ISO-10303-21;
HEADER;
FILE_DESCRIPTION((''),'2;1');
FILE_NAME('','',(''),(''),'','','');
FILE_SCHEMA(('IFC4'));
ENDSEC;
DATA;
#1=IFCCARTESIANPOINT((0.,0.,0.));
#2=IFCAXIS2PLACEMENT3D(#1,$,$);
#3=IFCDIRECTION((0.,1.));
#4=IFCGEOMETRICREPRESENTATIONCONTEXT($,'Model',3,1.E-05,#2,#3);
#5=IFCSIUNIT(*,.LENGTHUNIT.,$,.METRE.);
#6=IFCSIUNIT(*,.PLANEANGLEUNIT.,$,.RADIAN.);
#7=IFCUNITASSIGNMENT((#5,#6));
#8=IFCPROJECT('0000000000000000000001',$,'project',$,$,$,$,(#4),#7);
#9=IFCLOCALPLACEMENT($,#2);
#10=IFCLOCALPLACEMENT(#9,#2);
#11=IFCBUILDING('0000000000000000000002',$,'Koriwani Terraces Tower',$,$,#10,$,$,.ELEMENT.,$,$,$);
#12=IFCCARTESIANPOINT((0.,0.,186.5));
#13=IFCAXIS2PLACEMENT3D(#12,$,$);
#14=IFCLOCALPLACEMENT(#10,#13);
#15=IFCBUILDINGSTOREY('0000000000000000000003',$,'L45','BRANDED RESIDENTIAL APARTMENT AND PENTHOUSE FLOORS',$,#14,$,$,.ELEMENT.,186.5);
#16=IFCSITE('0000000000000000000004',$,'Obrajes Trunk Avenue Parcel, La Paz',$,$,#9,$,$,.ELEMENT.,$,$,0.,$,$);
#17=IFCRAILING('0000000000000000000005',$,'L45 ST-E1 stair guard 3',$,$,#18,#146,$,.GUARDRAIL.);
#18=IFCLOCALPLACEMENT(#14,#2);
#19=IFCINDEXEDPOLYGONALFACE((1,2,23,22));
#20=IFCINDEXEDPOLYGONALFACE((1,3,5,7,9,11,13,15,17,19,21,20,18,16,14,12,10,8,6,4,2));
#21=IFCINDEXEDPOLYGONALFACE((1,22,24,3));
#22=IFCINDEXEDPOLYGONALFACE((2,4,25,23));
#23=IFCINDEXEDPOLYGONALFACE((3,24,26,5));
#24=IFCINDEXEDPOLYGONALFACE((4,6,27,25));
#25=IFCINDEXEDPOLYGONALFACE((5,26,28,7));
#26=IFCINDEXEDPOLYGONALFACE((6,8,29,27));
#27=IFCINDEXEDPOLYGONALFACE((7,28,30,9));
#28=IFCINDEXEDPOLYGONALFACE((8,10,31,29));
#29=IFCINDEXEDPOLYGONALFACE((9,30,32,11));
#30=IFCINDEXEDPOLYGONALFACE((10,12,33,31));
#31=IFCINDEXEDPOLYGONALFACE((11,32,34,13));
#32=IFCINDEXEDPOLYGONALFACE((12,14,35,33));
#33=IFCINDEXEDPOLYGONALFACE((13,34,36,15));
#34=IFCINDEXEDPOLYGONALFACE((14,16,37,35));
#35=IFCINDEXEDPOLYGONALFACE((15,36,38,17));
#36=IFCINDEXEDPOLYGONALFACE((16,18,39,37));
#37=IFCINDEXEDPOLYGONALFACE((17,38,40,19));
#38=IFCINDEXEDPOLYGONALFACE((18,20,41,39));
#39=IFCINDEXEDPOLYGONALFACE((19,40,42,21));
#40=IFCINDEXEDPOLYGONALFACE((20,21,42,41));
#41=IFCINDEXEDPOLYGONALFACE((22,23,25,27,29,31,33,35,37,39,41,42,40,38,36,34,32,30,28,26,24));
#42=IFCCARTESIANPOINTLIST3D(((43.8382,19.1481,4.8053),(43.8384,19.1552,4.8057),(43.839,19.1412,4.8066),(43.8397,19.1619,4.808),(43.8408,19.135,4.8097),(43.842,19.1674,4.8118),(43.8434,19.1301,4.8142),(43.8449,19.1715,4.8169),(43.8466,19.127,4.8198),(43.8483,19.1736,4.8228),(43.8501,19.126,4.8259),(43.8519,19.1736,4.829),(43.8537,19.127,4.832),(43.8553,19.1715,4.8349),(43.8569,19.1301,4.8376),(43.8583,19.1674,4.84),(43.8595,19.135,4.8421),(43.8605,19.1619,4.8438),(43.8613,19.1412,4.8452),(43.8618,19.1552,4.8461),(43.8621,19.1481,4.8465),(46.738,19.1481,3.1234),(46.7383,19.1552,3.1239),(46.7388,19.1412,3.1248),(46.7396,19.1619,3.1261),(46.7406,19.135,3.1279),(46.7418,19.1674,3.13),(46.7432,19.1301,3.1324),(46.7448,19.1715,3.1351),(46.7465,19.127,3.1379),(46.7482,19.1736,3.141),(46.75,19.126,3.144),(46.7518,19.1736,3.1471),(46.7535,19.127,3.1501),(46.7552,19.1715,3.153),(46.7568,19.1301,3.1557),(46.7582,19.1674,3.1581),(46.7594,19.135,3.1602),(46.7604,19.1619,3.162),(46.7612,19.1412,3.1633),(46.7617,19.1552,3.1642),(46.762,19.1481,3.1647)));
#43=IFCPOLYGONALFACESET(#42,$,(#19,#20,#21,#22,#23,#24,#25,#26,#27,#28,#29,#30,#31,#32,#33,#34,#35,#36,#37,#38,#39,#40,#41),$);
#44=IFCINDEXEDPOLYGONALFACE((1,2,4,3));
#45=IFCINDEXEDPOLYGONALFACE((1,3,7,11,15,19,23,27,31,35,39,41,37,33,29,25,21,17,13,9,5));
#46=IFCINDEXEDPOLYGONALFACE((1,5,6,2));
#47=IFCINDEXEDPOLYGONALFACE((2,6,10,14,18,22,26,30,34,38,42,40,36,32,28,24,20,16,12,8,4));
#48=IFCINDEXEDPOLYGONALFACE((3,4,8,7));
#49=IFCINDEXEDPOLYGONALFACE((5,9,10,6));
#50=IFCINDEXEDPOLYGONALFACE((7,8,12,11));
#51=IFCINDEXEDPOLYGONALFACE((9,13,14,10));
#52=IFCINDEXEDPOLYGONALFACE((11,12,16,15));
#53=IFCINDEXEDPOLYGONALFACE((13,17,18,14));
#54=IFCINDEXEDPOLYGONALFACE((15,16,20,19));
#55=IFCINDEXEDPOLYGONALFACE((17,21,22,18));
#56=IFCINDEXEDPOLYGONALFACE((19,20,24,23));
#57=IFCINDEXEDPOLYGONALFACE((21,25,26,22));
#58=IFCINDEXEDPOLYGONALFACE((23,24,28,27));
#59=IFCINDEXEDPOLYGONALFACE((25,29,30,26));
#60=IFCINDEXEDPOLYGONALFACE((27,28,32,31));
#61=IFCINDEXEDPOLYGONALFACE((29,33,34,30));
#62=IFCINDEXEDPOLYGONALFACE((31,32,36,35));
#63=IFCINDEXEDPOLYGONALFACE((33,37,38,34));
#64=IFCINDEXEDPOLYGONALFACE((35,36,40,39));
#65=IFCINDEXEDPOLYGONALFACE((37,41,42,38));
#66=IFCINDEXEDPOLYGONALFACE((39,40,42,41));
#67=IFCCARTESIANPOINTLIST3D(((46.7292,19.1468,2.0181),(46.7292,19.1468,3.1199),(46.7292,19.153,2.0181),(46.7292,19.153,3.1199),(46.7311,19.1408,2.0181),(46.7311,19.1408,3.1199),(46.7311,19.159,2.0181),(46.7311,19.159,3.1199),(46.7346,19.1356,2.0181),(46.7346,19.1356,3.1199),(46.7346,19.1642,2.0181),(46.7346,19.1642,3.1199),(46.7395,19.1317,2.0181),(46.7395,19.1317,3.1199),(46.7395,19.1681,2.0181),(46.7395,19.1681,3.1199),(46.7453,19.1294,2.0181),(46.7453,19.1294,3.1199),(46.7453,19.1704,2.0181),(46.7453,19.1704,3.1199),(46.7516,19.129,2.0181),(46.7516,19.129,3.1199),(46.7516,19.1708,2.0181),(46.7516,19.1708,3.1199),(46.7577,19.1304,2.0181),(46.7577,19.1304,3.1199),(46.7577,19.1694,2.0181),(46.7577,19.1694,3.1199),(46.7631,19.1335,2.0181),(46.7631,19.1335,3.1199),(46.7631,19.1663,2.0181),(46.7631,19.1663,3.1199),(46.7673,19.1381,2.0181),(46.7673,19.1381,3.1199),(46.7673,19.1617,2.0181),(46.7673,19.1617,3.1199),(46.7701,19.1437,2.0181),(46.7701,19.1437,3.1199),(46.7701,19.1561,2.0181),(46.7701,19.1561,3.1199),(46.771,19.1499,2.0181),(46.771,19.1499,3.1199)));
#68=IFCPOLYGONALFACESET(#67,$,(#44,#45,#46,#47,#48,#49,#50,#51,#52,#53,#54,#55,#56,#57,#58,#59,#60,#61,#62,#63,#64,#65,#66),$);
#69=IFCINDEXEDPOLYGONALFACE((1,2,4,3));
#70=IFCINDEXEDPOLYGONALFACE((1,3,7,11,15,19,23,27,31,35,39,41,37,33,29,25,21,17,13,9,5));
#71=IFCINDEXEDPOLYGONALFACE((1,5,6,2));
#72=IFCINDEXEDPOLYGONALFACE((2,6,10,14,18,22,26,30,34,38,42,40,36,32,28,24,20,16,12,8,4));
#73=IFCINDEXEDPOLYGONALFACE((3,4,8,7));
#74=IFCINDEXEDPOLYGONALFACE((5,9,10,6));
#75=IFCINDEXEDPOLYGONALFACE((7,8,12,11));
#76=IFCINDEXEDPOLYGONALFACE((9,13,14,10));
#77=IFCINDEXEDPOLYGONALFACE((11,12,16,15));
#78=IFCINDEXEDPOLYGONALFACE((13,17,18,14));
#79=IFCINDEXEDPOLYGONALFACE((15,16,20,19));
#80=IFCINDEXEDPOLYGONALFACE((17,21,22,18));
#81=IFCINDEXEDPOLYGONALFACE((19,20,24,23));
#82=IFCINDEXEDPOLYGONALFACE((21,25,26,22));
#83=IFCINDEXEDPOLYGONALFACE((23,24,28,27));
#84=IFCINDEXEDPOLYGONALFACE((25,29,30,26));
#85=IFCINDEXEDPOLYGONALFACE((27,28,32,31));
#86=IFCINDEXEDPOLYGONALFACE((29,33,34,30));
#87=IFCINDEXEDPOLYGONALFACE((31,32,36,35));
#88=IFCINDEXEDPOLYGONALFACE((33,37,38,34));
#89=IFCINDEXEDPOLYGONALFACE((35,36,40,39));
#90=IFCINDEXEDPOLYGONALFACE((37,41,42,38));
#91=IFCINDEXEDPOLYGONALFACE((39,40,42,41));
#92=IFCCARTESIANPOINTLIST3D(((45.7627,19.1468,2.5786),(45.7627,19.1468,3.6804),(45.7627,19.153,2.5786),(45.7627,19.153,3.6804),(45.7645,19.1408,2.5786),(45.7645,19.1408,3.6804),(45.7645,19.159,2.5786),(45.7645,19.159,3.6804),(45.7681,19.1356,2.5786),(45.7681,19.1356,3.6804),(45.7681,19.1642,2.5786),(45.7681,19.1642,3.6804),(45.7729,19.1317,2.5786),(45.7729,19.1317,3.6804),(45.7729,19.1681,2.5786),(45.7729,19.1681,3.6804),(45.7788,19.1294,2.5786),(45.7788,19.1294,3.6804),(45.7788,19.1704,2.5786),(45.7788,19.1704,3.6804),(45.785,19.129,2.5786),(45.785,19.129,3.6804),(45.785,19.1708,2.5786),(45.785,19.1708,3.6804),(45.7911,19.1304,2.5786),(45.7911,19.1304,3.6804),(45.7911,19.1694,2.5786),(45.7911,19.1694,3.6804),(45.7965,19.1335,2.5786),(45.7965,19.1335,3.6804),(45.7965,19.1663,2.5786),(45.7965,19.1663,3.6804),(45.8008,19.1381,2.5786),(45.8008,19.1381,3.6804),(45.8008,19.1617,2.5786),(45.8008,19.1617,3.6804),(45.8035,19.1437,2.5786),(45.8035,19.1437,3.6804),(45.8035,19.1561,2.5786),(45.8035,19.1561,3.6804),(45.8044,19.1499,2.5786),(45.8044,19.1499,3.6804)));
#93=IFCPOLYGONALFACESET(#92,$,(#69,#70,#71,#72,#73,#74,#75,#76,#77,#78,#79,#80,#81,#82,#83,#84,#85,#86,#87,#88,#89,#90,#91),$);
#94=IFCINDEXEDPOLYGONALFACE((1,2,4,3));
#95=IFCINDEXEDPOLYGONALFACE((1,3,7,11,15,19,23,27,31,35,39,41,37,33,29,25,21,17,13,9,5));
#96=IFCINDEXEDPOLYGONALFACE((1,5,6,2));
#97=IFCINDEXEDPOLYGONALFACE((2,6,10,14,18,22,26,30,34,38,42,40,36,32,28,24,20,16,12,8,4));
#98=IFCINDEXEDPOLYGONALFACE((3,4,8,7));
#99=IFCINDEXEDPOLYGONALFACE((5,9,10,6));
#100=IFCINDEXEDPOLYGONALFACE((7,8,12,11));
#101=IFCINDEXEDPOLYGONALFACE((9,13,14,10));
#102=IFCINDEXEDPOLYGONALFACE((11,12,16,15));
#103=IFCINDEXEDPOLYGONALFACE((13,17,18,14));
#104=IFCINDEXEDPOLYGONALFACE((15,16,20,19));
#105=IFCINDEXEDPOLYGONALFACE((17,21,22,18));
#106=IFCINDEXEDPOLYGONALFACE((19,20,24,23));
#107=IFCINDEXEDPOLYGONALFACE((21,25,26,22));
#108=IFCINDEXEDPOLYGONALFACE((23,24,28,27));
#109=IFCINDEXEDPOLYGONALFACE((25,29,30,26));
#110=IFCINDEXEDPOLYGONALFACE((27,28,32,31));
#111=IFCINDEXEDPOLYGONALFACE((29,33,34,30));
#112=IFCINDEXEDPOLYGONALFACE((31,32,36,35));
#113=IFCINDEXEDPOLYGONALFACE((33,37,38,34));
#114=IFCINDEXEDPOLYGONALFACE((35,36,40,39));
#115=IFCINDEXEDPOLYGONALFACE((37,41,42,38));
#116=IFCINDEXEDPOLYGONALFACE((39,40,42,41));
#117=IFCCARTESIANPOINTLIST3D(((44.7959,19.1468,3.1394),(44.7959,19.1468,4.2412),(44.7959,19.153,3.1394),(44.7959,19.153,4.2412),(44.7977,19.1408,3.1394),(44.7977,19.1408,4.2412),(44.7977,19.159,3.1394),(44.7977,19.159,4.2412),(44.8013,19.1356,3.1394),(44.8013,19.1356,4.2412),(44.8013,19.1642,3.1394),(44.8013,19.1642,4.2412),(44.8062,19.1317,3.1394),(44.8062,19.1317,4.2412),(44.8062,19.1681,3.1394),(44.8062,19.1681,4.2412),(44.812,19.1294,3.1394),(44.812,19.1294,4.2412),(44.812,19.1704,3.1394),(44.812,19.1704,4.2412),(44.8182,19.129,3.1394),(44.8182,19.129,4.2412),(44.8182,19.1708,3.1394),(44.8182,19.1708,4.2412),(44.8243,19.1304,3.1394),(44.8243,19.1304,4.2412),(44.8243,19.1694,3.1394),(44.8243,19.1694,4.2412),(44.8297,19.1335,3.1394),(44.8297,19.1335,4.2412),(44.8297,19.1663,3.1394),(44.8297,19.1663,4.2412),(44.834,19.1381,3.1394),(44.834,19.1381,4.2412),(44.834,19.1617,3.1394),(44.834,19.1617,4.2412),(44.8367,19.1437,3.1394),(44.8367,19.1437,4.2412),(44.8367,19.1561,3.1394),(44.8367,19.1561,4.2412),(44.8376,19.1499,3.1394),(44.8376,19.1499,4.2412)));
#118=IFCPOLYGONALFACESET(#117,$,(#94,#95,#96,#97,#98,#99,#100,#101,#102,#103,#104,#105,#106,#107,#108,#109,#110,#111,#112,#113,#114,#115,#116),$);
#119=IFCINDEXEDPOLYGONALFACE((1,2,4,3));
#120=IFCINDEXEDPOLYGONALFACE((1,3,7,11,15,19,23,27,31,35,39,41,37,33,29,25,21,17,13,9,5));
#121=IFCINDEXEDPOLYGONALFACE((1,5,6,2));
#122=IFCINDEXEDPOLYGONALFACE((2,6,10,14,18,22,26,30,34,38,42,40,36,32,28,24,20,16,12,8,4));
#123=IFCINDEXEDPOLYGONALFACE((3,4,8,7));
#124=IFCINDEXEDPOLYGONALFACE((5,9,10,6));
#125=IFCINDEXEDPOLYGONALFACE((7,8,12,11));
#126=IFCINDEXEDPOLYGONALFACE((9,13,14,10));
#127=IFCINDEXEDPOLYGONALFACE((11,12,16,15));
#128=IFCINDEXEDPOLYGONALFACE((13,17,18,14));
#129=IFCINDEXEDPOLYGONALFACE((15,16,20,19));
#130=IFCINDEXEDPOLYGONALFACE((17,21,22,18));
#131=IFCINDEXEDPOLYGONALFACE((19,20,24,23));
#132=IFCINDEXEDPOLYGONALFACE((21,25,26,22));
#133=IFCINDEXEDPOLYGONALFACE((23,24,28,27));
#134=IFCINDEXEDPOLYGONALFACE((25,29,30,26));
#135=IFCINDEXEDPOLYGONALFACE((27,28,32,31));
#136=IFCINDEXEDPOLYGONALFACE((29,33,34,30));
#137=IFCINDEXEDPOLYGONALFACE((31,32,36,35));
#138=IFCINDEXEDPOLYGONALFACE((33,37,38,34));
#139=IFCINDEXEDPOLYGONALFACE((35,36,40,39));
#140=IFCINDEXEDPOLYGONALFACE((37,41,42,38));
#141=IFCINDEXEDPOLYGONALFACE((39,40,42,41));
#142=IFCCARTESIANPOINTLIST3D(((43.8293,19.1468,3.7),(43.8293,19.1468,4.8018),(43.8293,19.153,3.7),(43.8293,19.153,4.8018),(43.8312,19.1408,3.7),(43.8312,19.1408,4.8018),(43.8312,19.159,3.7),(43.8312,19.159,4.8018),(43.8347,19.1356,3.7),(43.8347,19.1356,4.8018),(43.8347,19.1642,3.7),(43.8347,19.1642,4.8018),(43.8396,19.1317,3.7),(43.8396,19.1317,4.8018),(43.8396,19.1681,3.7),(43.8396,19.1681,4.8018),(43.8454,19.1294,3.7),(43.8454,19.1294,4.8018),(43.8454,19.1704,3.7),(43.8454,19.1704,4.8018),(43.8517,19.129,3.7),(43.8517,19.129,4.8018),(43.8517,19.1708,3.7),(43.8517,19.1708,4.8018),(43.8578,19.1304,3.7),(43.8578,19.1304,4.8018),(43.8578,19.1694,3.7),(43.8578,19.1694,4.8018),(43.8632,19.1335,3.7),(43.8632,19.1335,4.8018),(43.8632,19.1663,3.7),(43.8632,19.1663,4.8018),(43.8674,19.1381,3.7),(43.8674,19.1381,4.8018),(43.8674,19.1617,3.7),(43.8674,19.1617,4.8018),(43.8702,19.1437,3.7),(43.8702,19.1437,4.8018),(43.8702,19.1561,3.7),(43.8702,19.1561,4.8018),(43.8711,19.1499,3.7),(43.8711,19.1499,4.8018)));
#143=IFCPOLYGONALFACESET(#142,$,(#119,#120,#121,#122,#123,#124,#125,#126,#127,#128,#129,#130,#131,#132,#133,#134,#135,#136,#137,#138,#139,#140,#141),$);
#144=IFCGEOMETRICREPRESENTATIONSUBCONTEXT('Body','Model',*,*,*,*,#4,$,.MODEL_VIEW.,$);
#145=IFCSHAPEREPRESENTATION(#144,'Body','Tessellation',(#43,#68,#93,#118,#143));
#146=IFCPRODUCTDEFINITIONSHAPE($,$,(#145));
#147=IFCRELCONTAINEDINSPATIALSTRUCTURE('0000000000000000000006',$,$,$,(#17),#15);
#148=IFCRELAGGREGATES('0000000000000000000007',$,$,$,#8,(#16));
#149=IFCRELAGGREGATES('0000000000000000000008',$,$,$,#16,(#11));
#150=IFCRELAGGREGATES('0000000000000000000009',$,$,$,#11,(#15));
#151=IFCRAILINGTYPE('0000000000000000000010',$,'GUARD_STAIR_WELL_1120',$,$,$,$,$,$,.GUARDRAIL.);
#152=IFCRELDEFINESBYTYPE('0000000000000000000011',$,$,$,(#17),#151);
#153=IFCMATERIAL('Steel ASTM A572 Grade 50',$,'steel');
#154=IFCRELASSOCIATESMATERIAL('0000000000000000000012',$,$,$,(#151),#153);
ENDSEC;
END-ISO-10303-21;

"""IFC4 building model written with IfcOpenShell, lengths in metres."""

from ifc_helpers import new_model, si_unit, direction, frame, origin, origin_2d, place, context, subcontext, project, spatial, circle, extrude, material, type_object, element, save


model = new_model("IFC4")

# Units and contexts
model_context = context("Model", 3, precision=1e-05, world=origin(), true_north=direction((0.0, 1.0)))
body_context = subcontext(model_context, "Body", "Model", "MODEL_VIEW")
ifc_project = project(units=[si_unit("LENGTHUNIT", "METRE"), si_unit("PLANEANGLEUNIT", "RADIAN")], contexts=[model_context])

# Site, building, storey
site_placement = place(None, origin())
site = spatial("IfcSite", under=ifc_project, at=site_placement, Name="Obrajes Trunk Avenue Parcel, La Paz", CompositionType="ELEMENT", RefElevation=0.0)
building_placement = place(site_placement, origin())
building = spatial("IfcBuilding", under=site, at=building_placement, Name="Koriwani Terraces Tower", CompositionType="ELEMENT")
storey_placement = place(building_placement, frame((0.0, 0.0, 186.5)))
storey = spatial("IfcBuildingStorey", under=building, at=storey_placement, Name="L45", Description="BRANDED RESIDENTIAL APARTMENT AND PENTHOUSE FLOORS", CompositionType="ELEMENT", Elevation=186.5)

# Shared definitions
ifc_material_1 = material(Name="Steel ASTM A572 Grade 50", Category="steel")

# Railing
railing_type_1 = type_object("IfcRailingType", Name="GUARD_STAIR_WELL_1120", PredefinedType="GUARDRAIL", material=ifc_material_1)
railing_1_placement = place(storey_placement, frame((46.75, 19.1499, 2.0181)))
element("IfcRailing", 1, at=railing_1_placement, inside=storey, type_object=railing_type_1, Name="L45 ST-E1 stair guard 3", PredefinedType="GUARDRAIL", context=body_context, shape_type="SweptSolid", body=[
    extrude(circle(Radius=0.0239, at=origin_2d()), frame((0.0, 0.0, 1.126), z_axis=(-0.865039, 0.0, 0.501705), x_axis=(0.0, -1.0, 0.0)), (0.0, 0.0, 1.0), 3.3523),
    extrude(circle(Radius=0.021, at=origin_2d()), origin(), (0.0, 0.0, 1.0), 1.1018),
    extrude(circle(Radius=0.021, at=origin_2d()), frame((-0.9666, 0.0, 0.5605)), (0.0, 0.0, 1.0), 1.1018),
    extrude(circle(Radius=0.021, at=origin_2d()), frame((-1.9333, 0.0, 1.1213)), (0.0, 0.0, 1.0), 1.1018),
    extrude(circle(Radius=0.021, at=origin_2d()), frame((-2.8999, 0.0, 1.6819)), (0.0, 0.0, 1.0), 1.1018),
])

save(model, "model.ifc")
